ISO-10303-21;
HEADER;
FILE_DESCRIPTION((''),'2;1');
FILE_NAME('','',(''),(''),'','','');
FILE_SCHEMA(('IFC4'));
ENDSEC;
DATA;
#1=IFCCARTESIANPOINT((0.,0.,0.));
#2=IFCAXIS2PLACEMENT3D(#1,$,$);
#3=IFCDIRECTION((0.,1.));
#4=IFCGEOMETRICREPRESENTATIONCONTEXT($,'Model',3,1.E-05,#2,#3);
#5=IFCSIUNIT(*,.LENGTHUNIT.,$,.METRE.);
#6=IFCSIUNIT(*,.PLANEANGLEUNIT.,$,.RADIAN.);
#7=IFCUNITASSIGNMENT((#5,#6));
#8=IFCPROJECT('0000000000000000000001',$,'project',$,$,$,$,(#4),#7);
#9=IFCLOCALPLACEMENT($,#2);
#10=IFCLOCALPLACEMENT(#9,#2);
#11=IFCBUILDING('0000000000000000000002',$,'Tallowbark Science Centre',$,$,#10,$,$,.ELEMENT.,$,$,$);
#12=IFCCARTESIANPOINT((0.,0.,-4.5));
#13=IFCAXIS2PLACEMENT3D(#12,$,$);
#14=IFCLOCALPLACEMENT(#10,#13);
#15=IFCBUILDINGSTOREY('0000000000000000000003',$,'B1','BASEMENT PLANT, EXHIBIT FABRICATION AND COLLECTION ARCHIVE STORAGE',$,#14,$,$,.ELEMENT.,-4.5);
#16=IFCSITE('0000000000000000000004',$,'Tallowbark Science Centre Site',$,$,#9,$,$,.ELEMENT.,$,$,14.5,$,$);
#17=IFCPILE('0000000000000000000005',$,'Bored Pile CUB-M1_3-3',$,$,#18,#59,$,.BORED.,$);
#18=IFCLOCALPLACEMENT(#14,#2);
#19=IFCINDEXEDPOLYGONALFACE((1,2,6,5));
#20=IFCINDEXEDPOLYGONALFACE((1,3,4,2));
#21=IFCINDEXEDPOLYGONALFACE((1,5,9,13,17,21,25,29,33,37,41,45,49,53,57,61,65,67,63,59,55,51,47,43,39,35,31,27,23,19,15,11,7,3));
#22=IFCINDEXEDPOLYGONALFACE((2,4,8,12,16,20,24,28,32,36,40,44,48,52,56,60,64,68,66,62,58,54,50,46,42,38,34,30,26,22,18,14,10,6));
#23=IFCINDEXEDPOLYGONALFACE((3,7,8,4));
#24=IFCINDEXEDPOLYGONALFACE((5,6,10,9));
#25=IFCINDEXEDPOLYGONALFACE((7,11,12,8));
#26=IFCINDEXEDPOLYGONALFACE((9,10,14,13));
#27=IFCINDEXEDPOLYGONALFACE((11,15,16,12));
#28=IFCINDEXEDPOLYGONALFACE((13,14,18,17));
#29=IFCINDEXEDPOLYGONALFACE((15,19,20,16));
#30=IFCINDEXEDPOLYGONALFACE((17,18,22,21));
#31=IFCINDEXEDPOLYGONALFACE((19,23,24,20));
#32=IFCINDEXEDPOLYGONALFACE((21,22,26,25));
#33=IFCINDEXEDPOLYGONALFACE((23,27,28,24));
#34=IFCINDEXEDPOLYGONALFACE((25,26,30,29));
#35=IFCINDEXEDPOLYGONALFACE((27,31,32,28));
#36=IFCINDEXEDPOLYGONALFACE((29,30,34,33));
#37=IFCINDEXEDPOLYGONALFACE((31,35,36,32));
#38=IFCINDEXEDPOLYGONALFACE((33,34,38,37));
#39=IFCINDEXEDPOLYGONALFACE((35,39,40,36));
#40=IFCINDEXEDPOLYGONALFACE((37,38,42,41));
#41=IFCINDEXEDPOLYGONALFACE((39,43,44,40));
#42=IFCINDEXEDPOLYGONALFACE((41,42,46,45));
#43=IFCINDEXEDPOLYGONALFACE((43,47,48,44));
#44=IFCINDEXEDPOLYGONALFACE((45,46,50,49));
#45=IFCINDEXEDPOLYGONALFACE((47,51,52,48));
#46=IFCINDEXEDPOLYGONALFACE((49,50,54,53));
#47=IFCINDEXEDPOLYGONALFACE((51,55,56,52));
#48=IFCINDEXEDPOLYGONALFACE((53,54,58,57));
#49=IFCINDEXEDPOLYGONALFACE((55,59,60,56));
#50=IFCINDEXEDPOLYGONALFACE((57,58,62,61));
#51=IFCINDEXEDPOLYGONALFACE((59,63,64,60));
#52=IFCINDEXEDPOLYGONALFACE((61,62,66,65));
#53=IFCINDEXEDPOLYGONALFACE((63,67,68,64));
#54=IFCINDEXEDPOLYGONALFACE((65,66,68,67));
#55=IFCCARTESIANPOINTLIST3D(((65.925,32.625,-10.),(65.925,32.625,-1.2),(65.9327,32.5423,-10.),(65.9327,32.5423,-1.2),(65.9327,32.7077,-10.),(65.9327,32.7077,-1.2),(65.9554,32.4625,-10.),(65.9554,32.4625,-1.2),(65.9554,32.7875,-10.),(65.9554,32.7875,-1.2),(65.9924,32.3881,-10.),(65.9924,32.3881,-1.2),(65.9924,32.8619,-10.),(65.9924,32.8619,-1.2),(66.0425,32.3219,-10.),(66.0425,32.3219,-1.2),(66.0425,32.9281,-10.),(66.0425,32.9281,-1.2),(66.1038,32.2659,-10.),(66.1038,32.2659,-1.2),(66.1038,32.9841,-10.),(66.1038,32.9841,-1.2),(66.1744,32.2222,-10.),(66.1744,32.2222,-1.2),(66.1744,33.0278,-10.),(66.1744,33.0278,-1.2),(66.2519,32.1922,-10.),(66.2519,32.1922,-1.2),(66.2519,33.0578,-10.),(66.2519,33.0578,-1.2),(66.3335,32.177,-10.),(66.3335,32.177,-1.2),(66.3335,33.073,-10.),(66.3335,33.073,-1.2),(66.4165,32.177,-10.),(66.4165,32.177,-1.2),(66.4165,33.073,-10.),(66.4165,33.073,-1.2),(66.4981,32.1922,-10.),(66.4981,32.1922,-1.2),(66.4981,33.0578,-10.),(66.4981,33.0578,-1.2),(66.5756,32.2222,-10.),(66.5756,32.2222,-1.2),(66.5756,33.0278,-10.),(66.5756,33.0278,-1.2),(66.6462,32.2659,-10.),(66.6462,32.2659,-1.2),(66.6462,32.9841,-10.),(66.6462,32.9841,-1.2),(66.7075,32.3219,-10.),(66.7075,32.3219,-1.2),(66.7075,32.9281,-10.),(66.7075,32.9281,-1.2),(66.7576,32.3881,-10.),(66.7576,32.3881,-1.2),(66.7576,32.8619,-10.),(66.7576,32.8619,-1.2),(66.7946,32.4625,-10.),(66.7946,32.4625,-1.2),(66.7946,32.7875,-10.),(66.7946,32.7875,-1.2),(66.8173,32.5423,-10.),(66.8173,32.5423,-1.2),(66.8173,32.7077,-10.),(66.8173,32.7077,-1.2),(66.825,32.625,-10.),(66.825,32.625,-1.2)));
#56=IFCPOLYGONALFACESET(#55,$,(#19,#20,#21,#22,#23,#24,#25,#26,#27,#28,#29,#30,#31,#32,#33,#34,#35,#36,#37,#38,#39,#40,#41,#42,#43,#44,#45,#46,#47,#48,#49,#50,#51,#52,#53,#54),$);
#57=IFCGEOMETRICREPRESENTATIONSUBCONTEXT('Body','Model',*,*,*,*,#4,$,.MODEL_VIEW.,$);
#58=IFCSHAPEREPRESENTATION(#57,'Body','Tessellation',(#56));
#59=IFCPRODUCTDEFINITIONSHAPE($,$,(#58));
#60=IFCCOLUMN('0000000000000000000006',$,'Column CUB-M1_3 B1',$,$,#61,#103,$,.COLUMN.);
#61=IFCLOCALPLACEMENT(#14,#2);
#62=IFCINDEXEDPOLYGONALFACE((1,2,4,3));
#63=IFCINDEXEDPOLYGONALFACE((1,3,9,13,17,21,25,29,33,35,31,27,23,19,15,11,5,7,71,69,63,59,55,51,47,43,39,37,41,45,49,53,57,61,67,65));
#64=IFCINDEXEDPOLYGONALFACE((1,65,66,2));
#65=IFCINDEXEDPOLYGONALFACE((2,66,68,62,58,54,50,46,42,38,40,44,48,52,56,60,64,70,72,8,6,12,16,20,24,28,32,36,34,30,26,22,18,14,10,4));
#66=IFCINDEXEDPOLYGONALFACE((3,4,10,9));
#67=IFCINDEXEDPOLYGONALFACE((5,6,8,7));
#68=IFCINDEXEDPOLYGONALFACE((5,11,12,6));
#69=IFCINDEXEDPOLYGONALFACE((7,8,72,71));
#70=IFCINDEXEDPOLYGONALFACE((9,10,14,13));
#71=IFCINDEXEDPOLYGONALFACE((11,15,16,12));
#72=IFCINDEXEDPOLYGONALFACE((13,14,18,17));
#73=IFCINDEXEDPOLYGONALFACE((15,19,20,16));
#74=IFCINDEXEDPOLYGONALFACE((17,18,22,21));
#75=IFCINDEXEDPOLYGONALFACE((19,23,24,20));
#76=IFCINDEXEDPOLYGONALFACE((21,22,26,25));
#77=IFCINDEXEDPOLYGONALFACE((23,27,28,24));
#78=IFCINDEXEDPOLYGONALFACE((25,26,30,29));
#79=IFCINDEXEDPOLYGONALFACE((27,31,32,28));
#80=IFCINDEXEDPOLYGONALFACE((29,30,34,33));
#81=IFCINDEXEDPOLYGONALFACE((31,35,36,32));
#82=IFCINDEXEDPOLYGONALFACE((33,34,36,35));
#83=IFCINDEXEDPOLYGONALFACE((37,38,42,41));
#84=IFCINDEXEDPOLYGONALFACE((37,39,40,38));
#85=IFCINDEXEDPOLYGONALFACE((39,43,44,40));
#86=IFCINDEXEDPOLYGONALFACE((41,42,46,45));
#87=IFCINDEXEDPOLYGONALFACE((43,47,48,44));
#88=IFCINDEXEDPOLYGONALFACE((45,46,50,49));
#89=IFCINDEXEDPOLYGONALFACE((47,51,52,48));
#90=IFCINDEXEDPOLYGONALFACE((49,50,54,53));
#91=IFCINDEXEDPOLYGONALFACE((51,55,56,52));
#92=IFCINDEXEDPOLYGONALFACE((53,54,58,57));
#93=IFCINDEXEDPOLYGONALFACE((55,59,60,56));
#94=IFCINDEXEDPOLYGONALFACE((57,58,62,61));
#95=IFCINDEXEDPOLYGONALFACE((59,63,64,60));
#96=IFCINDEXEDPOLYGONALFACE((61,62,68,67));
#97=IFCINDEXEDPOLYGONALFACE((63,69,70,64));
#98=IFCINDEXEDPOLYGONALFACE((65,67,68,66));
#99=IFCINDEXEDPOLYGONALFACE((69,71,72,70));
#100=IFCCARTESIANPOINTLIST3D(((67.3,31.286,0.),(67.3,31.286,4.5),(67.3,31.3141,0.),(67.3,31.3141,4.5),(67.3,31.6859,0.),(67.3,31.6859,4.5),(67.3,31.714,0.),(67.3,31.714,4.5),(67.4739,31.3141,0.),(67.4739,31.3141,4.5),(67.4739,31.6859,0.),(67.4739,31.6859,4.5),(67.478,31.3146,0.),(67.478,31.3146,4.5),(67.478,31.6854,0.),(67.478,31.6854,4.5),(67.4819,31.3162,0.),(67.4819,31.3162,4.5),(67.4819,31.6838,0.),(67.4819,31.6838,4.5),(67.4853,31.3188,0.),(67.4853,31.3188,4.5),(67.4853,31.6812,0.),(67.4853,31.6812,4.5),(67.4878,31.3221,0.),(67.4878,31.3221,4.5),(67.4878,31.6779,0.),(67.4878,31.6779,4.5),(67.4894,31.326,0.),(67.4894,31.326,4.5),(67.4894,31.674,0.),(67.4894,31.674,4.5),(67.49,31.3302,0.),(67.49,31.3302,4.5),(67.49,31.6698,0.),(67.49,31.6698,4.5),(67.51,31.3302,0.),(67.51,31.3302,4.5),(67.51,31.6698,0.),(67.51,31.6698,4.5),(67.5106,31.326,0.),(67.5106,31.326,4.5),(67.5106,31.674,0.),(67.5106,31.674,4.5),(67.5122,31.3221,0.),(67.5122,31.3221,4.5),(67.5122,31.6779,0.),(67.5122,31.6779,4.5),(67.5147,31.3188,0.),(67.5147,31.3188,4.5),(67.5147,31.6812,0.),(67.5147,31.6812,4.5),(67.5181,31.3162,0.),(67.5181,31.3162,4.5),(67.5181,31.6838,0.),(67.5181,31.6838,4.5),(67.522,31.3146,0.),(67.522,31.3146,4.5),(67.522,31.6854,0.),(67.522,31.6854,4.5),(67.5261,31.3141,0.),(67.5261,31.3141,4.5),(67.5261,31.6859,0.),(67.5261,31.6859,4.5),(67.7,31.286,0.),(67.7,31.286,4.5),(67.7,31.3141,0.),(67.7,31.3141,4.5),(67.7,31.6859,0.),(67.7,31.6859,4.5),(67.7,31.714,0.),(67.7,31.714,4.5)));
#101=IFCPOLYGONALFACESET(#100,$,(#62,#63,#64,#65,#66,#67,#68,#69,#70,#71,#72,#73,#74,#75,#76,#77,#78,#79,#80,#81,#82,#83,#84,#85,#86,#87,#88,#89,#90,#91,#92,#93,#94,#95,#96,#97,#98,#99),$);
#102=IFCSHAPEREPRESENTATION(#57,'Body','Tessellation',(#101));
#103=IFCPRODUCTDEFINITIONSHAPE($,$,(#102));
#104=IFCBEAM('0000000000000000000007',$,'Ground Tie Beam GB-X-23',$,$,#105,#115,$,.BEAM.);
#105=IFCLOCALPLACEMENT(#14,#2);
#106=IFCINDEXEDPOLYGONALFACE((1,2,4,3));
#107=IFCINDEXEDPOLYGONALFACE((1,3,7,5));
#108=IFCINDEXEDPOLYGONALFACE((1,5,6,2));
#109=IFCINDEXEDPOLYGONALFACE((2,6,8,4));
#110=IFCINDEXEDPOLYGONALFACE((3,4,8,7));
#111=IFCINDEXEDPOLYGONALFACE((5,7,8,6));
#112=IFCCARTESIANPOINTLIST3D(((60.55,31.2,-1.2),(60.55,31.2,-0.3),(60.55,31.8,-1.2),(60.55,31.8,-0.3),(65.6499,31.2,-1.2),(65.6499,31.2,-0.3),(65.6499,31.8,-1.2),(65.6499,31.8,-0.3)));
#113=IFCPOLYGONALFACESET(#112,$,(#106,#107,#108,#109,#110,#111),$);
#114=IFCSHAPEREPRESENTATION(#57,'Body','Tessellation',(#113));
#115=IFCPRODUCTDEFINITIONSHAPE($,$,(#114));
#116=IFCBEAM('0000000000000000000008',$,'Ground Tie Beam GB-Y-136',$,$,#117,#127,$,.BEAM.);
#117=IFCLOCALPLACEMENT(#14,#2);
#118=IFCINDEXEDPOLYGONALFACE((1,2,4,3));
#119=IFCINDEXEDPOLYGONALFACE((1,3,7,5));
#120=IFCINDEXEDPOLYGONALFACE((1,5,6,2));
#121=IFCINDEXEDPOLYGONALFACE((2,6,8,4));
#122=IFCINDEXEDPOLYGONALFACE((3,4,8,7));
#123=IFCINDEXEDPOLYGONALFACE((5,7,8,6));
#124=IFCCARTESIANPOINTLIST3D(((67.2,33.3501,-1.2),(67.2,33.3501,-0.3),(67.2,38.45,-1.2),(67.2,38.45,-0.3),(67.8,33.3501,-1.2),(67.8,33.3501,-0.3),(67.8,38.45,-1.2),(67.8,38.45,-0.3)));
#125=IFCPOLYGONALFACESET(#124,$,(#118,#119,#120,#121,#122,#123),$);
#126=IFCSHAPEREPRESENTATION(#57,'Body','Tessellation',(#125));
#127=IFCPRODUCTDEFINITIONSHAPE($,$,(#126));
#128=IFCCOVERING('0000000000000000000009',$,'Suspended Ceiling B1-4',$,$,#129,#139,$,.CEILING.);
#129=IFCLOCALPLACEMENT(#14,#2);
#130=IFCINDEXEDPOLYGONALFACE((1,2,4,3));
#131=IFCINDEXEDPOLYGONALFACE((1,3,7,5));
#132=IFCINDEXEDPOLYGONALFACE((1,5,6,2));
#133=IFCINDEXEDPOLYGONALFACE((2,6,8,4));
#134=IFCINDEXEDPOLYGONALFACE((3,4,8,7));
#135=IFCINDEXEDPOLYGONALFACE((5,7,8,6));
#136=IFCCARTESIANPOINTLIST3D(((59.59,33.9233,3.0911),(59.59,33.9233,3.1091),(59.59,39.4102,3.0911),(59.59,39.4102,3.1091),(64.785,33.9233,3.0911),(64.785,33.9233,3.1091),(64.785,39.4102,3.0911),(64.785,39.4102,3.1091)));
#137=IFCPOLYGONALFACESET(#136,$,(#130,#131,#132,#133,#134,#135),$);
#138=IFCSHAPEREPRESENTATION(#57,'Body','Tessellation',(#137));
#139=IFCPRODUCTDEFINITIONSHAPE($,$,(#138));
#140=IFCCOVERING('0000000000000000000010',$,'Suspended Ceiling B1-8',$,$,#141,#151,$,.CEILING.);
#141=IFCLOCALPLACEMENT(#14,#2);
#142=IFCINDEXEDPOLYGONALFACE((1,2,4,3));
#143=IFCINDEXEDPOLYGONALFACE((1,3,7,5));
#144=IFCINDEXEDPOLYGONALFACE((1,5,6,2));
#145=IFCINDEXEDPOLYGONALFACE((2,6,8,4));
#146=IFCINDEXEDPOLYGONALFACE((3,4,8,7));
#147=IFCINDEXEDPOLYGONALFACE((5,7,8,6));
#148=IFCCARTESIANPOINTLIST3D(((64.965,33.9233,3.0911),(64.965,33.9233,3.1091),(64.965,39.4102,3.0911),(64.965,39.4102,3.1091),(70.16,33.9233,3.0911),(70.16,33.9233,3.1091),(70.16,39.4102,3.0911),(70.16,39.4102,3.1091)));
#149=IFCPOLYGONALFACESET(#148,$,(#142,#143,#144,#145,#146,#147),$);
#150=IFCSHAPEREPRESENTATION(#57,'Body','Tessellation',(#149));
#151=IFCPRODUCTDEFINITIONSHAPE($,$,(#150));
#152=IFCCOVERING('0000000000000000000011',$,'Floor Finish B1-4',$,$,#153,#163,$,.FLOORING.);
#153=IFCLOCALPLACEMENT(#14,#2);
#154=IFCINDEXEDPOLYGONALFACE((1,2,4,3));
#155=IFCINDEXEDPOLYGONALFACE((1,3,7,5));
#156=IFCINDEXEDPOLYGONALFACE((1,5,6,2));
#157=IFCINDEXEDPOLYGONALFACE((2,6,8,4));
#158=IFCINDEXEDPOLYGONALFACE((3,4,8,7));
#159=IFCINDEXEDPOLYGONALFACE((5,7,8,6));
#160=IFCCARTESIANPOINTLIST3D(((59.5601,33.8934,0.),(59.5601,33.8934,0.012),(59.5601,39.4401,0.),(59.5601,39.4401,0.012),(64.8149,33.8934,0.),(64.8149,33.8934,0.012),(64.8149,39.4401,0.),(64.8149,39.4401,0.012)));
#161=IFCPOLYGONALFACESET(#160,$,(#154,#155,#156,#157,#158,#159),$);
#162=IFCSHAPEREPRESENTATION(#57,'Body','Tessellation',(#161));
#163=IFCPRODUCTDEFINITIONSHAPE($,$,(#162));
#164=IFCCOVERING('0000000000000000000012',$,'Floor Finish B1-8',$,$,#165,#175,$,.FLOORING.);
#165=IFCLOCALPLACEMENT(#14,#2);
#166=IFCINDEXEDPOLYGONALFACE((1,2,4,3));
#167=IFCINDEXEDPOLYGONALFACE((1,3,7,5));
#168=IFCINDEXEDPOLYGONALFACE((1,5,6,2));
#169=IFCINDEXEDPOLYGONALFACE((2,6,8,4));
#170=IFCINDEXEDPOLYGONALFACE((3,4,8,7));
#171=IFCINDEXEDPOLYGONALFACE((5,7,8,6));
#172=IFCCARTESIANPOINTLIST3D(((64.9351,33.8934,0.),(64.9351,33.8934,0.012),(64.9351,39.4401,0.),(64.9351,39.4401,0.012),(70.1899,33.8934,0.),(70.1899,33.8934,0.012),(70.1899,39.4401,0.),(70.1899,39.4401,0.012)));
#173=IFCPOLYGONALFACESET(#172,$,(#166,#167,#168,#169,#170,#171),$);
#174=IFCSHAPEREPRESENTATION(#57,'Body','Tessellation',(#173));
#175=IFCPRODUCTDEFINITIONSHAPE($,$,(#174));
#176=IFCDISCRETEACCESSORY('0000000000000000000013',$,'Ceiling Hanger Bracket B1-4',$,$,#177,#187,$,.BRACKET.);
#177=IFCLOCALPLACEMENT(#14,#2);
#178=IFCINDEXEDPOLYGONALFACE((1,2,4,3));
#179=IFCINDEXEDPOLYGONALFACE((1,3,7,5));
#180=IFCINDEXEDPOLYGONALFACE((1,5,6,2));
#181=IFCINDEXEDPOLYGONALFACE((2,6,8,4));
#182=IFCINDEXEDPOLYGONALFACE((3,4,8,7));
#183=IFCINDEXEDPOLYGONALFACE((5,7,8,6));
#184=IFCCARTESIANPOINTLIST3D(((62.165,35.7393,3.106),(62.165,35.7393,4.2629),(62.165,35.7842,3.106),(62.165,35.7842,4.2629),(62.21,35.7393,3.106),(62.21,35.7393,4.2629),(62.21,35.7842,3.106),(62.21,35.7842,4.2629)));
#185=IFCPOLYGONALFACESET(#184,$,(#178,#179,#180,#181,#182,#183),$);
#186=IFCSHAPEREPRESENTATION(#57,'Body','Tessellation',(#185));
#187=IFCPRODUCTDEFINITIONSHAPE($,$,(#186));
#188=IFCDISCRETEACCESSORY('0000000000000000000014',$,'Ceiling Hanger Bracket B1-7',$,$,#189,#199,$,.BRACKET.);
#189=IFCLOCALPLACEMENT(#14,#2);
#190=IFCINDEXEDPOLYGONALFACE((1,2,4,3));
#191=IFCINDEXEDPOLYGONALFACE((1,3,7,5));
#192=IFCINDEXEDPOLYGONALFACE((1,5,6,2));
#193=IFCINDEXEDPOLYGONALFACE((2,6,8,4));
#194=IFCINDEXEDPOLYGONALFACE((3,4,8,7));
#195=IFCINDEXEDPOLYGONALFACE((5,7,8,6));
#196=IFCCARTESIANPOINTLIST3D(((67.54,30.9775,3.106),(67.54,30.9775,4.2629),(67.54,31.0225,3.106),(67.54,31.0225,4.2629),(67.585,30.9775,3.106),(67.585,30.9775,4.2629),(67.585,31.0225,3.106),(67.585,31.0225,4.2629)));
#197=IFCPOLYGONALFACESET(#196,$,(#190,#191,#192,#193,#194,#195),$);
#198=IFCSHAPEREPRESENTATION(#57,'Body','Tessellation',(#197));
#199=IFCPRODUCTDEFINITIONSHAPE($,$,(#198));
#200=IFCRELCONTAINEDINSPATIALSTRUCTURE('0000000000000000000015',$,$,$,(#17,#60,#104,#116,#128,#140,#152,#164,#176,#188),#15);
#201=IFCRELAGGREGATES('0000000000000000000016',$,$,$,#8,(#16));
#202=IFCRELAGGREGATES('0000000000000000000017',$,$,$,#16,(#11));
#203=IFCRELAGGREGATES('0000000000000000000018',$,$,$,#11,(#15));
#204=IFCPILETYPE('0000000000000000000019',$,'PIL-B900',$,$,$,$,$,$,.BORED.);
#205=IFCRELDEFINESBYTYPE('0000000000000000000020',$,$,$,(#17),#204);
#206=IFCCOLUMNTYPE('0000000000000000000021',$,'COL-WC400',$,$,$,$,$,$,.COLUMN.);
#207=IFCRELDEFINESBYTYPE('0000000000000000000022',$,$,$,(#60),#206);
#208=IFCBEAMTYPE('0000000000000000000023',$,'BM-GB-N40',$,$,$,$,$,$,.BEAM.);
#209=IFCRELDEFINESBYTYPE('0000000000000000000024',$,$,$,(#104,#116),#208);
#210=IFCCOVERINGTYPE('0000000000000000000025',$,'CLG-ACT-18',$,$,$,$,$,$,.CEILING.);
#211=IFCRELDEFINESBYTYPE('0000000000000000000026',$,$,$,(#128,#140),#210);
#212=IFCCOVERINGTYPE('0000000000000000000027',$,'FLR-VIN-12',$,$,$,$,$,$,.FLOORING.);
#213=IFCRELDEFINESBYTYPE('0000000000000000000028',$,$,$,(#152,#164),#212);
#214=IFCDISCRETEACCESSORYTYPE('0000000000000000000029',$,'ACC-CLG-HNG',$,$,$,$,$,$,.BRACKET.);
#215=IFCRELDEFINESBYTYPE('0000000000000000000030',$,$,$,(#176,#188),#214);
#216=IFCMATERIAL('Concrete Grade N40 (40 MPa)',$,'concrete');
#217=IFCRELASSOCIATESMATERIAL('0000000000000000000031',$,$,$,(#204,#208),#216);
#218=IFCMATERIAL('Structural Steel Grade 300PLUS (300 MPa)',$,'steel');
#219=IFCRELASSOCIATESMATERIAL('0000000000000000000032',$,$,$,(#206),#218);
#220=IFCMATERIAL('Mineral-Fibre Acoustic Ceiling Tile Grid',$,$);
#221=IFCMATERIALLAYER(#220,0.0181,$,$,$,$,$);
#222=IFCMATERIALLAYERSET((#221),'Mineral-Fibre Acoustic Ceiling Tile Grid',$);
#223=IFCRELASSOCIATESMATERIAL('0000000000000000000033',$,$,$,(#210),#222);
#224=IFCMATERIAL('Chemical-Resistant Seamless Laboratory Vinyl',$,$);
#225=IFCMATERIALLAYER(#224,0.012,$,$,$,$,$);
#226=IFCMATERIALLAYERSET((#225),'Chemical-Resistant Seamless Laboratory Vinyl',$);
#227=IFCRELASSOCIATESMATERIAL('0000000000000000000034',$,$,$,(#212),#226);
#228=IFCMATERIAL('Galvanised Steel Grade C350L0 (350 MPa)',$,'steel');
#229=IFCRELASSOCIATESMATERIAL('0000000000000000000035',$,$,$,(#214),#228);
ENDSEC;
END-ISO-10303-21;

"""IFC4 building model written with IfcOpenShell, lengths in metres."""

from ifc_helpers import new_model, si_unit, direction, frame, origin, origin_2d, place, context, subcontext, project, spatial, rectangle, circle, i_section, extrude, material, layer, layer_set, material_profile, profile_set, type_object, element, save


model = new_model("IFC4")

# Units and contexts
model_context = context("Model", 3, precision=1e-05, world=origin(), true_north=direction((0.0, 1.0)))
body_context = subcontext(model_context, "Body", "Model", "MODEL_VIEW")
ifc_project = project(units=[si_unit("LENGTHUNIT", "METRE"), si_unit("PLANEANGLEUNIT", "RADIAN")], contexts=[model_context])

# Site, building, storey
site_placement = place(None, origin())
site = spatial("IfcSite", under=ifc_project, at=site_placement, Name="Tallowbark Science Centre Site", CompositionType="ELEMENT", RefElevation=14.5)
building_placement = place(site_placement, origin())
building = spatial("IfcBuilding", under=site, at=building_placement, Name="Tallowbark Science Centre", CompositionType="ELEMENT")
storey_placement = place(building_placement, frame((0.0, 0.0, -4.5)))
storey = spatial("IfcBuildingStorey", under=building, at=storey_placement, Name="B1", Description="BASEMENT PLANT, EXHIBIT FABRICATION AND COLLECTION ARCHIVE STORAGE", CompositionType="ELEMENT", Elevation=-4.5)

# Shared definitions
ifc_material_1 = material(Name="Concrete Grade N40 (40 MPa)", Category="concrete")

# Pile
ifc_material_profile_1 = material_profile(ifc_material_1, circle(Radius=0.45, at=origin_2d()), Name="PILE900")
ifc_profile_set_1 = profile_set([ifc_material_profile_1], Name="Concrete Grade N40 (40 MPa)")
pile_type_1 = type_object("IfcPileType", Name="PIL-B900", PredefinedType="BORED", material=ifc_profile_set_1)
pile_placement = place(storey_placement, frame((66.375, 32.625, -1.2), z_axis=(0.0, 0.0, -1.0), x_axis=(1.0, 0.0, 0.0)))
element("IfcPile", 1, at=pile_placement, inside=storey, type_object=pile_type_1, Name="Bored Pile CUB-M1_3-3", PredefinedType="BORED", context=body_context, shape_type="SweptSolid", body=[
    extrude(circle(Radius=0.45, at=origin_2d()), origin(), (0.0, 0.0, 1.0), 8.8),
])

# Column
ifc_material_2 = material(Name="Structural Steel Grade 300PLUS (300 MPa)", Category="steel")
ifc_material_profile_2 = material_profile(ifc_material_2, i_section(OverallWidth=0.3999, OverallDepth=0.428, WebThickness=0.02, FlangeThickness=0.0281, FilletRadius=0.0161, at=origin_2d()), Name="400WC270")
ifc_profile_set_2 = profile_set([ifc_material_profile_2], Name="Structural Steel Grade 300PLUS (300 MPa)")
column_type = type_object("IfcColumnType", Name="COL-WC400", PredefinedType="COLUMN", material=ifc_profile_set_2)
column_placement = place(storey_placement, frame((67.5, 31.5, 0.0), z_axis=(0.0, 0.0, 1.0), x_axis=(1.0, 0.0, 0.0)))
element("IfcColumn", 2, at=column_placement, inside=storey, type_object=column_type, Name="Column CUB-M1_3 B1", PredefinedType="COLUMN", context=body_context, shape_type="SweptSolid", body=[
    extrude(i_section(OverallWidth=0.3999, OverallDepth=0.428, WebThickness=0.02, FlangeThickness=0.0281, FilletRadius=0.0161, at=origin_2d()), origin(), (0.0, 0.0, 1.0), 4.5),
])

# Beams
ifc_material_profile_3 = material_profile(ifc_material_1, rectangle(XDim=0.6001, YDim=0.8999, at=origin_2d()), Name="RC600x900")
ifc_profile_set_3 = profile_set([ifc_material_profile_3], Name="Concrete Grade N40 (40 MPa)")
beam_type = type_object("IfcBeamType", Name="BM-GB-N40", PredefinedType="BEAM", material=ifc_profile_set_3)
for number, where, z_axis, x_axis, name in (
    (3, (60.55, 31.5, -0.75), (1.0, 0.0, 0.0), (0.0, 1.0, 0.0), "Ground Tie Beam GB-X-23"),
    (4, (67.5, 33.3501, -0.75), (0.0, 1.0, 0.0), (-1.0, 0.0, 0.0), "Ground Tie Beam GB-Y-136"),
):
    element("IfcBeam", number, at=place(storey_placement, frame(where, z_axis=z_axis, x_axis=x_axis)), inside=storey, type_object=beam_type, Name=name, PredefinedType="BEAM", context=body_context, shape_type="SweptSolid", body=[
        extrude(rectangle(XDim=0.6001, YDim=0.8999, at=origin_2d()), origin(), (0.0, 0.0, 1.0), 5.0999),
    ])

# Coverings
ifc_material_3 = material(Name="Mineral-Fibre Acoustic Ceiling Tile Grid")
ifc_layer_1 = layer(ifc_material_3, 0.0181)
ifc_layer_set_1 = layer_set([ifc_layer_1], Name="Mineral-Fibre Acoustic Ceiling Tile Grid")
covering_type_1 = type_object("IfcCoveringType", Name="CLG-ACT-18", PredefinedType="CEILING", material=ifc_layer_set_1)
for number, where, z_axis, x_axis, name in (
    (5, (62.1875, 36.6667, 3.0911), (0.0, 0.0, 1.0), (1.0, 0.0, 0.0), "Suspended Ceiling B1-4"),
    (6, (67.5625, 36.6667, 3.0911), (0.0, 0.0, 1.0), (1.0, 0.0, 0.0), "Suspended Ceiling B1-8"),
):
    element("IfcCovering", number, at=place(storey_placement, frame(where, z_axis=z_axis, x_axis=x_axis)), inside=storey, type_object=covering_type_1, Name=name, PredefinedType="CEILING", context=body_context, shape_type="SweptSolid", body=[
        extrude(rectangle(XDim=5.1951, YDim=5.4868, at=origin_2d()), origin(), (0.0, 0.0, 1.0), 0.0181),
    ])
ifc_material_4 = material(Name="Chemical-Resistant Seamless Laboratory Vinyl")
ifc_layer_2 = layer(ifc_material_4, 0.012)
ifc_layer_set_2 = layer_set([ifc_layer_2], Name="Chemical-Resistant Seamless Laboratory Vinyl")
covering_type_2 = type_object("IfcCoveringType", Name="FLR-VIN-12", PredefinedType="FLOORING", material=ifc_layer_set_2)
for number, where, z_axis, x_axis, name in (
    (7, (62.1875, 36.6667, 0.0), (0.0, 0.0, 1.0), (1.0, 0.0, 0.0), "Floor Finish B1-4"),
    (8, (67.5625, 36.6667, 0.0), (0.0, 0.0, 1.0), (1.0, 0.0, 0.0), "Floor Finish B1-8"),
):
    element("IfcCovering", number, at=place(storey_placement, frame(where, z_axis=z_axis, x_axis=x_axis)), inside=storey, type_object=covering_type_2, Name=name, PredefinedType="FLOORING", context=body_context, shape_type="SweptSolid", body=[
        extrude(rectangle(XDim=5.2549, YDim=5.5466, at=origin_2d()), origin(), (0.0, 0.0, 1.0), 0.012),
    ])

# Discrete accessories
ifc_material_5 = material(Name="Galvanised Steel Grade C350L0 (350 MPa)", Category="steel")
discrete_accessory_type = type_object("IfcDiscreteAccessoryType", Name="ACC-CLG-HNG", PredefinedType="BRACKET", material=ifc_material_5)
for number, where, z_axis, x_axis, name in (
    (9, (62.1875, 35.7617, 3.106), (0.0, 0.0, 1.0), (1.0, 0.0, 0.0), "Ceiling Hanger Bracket B1-4"),
    (10, (67.5625, 31.0, 3.106), (0.0, 0.0, 1.0), (1.0, 0.0, 0.0), "Ceiling Hanger Bracket B1-7"),
):
    element("IfcDiscreteAccessory", number, at=place(storey_placement, frame(where, z_axis=z_axis, x_axis=x_axis)), inside=storey, type_object=discrete_accessory_type, Name=name, PredefinedType="BRACKET", context=body_context, shape_type="SweptSolid", body=[
        extrude(rectangle(XDim=0.0449, YDim=0.0449, at=origin_2d()), origin(), (0.0, 0.0, 1.0), 1.157),
    ])

save(model, "model.ifc")
